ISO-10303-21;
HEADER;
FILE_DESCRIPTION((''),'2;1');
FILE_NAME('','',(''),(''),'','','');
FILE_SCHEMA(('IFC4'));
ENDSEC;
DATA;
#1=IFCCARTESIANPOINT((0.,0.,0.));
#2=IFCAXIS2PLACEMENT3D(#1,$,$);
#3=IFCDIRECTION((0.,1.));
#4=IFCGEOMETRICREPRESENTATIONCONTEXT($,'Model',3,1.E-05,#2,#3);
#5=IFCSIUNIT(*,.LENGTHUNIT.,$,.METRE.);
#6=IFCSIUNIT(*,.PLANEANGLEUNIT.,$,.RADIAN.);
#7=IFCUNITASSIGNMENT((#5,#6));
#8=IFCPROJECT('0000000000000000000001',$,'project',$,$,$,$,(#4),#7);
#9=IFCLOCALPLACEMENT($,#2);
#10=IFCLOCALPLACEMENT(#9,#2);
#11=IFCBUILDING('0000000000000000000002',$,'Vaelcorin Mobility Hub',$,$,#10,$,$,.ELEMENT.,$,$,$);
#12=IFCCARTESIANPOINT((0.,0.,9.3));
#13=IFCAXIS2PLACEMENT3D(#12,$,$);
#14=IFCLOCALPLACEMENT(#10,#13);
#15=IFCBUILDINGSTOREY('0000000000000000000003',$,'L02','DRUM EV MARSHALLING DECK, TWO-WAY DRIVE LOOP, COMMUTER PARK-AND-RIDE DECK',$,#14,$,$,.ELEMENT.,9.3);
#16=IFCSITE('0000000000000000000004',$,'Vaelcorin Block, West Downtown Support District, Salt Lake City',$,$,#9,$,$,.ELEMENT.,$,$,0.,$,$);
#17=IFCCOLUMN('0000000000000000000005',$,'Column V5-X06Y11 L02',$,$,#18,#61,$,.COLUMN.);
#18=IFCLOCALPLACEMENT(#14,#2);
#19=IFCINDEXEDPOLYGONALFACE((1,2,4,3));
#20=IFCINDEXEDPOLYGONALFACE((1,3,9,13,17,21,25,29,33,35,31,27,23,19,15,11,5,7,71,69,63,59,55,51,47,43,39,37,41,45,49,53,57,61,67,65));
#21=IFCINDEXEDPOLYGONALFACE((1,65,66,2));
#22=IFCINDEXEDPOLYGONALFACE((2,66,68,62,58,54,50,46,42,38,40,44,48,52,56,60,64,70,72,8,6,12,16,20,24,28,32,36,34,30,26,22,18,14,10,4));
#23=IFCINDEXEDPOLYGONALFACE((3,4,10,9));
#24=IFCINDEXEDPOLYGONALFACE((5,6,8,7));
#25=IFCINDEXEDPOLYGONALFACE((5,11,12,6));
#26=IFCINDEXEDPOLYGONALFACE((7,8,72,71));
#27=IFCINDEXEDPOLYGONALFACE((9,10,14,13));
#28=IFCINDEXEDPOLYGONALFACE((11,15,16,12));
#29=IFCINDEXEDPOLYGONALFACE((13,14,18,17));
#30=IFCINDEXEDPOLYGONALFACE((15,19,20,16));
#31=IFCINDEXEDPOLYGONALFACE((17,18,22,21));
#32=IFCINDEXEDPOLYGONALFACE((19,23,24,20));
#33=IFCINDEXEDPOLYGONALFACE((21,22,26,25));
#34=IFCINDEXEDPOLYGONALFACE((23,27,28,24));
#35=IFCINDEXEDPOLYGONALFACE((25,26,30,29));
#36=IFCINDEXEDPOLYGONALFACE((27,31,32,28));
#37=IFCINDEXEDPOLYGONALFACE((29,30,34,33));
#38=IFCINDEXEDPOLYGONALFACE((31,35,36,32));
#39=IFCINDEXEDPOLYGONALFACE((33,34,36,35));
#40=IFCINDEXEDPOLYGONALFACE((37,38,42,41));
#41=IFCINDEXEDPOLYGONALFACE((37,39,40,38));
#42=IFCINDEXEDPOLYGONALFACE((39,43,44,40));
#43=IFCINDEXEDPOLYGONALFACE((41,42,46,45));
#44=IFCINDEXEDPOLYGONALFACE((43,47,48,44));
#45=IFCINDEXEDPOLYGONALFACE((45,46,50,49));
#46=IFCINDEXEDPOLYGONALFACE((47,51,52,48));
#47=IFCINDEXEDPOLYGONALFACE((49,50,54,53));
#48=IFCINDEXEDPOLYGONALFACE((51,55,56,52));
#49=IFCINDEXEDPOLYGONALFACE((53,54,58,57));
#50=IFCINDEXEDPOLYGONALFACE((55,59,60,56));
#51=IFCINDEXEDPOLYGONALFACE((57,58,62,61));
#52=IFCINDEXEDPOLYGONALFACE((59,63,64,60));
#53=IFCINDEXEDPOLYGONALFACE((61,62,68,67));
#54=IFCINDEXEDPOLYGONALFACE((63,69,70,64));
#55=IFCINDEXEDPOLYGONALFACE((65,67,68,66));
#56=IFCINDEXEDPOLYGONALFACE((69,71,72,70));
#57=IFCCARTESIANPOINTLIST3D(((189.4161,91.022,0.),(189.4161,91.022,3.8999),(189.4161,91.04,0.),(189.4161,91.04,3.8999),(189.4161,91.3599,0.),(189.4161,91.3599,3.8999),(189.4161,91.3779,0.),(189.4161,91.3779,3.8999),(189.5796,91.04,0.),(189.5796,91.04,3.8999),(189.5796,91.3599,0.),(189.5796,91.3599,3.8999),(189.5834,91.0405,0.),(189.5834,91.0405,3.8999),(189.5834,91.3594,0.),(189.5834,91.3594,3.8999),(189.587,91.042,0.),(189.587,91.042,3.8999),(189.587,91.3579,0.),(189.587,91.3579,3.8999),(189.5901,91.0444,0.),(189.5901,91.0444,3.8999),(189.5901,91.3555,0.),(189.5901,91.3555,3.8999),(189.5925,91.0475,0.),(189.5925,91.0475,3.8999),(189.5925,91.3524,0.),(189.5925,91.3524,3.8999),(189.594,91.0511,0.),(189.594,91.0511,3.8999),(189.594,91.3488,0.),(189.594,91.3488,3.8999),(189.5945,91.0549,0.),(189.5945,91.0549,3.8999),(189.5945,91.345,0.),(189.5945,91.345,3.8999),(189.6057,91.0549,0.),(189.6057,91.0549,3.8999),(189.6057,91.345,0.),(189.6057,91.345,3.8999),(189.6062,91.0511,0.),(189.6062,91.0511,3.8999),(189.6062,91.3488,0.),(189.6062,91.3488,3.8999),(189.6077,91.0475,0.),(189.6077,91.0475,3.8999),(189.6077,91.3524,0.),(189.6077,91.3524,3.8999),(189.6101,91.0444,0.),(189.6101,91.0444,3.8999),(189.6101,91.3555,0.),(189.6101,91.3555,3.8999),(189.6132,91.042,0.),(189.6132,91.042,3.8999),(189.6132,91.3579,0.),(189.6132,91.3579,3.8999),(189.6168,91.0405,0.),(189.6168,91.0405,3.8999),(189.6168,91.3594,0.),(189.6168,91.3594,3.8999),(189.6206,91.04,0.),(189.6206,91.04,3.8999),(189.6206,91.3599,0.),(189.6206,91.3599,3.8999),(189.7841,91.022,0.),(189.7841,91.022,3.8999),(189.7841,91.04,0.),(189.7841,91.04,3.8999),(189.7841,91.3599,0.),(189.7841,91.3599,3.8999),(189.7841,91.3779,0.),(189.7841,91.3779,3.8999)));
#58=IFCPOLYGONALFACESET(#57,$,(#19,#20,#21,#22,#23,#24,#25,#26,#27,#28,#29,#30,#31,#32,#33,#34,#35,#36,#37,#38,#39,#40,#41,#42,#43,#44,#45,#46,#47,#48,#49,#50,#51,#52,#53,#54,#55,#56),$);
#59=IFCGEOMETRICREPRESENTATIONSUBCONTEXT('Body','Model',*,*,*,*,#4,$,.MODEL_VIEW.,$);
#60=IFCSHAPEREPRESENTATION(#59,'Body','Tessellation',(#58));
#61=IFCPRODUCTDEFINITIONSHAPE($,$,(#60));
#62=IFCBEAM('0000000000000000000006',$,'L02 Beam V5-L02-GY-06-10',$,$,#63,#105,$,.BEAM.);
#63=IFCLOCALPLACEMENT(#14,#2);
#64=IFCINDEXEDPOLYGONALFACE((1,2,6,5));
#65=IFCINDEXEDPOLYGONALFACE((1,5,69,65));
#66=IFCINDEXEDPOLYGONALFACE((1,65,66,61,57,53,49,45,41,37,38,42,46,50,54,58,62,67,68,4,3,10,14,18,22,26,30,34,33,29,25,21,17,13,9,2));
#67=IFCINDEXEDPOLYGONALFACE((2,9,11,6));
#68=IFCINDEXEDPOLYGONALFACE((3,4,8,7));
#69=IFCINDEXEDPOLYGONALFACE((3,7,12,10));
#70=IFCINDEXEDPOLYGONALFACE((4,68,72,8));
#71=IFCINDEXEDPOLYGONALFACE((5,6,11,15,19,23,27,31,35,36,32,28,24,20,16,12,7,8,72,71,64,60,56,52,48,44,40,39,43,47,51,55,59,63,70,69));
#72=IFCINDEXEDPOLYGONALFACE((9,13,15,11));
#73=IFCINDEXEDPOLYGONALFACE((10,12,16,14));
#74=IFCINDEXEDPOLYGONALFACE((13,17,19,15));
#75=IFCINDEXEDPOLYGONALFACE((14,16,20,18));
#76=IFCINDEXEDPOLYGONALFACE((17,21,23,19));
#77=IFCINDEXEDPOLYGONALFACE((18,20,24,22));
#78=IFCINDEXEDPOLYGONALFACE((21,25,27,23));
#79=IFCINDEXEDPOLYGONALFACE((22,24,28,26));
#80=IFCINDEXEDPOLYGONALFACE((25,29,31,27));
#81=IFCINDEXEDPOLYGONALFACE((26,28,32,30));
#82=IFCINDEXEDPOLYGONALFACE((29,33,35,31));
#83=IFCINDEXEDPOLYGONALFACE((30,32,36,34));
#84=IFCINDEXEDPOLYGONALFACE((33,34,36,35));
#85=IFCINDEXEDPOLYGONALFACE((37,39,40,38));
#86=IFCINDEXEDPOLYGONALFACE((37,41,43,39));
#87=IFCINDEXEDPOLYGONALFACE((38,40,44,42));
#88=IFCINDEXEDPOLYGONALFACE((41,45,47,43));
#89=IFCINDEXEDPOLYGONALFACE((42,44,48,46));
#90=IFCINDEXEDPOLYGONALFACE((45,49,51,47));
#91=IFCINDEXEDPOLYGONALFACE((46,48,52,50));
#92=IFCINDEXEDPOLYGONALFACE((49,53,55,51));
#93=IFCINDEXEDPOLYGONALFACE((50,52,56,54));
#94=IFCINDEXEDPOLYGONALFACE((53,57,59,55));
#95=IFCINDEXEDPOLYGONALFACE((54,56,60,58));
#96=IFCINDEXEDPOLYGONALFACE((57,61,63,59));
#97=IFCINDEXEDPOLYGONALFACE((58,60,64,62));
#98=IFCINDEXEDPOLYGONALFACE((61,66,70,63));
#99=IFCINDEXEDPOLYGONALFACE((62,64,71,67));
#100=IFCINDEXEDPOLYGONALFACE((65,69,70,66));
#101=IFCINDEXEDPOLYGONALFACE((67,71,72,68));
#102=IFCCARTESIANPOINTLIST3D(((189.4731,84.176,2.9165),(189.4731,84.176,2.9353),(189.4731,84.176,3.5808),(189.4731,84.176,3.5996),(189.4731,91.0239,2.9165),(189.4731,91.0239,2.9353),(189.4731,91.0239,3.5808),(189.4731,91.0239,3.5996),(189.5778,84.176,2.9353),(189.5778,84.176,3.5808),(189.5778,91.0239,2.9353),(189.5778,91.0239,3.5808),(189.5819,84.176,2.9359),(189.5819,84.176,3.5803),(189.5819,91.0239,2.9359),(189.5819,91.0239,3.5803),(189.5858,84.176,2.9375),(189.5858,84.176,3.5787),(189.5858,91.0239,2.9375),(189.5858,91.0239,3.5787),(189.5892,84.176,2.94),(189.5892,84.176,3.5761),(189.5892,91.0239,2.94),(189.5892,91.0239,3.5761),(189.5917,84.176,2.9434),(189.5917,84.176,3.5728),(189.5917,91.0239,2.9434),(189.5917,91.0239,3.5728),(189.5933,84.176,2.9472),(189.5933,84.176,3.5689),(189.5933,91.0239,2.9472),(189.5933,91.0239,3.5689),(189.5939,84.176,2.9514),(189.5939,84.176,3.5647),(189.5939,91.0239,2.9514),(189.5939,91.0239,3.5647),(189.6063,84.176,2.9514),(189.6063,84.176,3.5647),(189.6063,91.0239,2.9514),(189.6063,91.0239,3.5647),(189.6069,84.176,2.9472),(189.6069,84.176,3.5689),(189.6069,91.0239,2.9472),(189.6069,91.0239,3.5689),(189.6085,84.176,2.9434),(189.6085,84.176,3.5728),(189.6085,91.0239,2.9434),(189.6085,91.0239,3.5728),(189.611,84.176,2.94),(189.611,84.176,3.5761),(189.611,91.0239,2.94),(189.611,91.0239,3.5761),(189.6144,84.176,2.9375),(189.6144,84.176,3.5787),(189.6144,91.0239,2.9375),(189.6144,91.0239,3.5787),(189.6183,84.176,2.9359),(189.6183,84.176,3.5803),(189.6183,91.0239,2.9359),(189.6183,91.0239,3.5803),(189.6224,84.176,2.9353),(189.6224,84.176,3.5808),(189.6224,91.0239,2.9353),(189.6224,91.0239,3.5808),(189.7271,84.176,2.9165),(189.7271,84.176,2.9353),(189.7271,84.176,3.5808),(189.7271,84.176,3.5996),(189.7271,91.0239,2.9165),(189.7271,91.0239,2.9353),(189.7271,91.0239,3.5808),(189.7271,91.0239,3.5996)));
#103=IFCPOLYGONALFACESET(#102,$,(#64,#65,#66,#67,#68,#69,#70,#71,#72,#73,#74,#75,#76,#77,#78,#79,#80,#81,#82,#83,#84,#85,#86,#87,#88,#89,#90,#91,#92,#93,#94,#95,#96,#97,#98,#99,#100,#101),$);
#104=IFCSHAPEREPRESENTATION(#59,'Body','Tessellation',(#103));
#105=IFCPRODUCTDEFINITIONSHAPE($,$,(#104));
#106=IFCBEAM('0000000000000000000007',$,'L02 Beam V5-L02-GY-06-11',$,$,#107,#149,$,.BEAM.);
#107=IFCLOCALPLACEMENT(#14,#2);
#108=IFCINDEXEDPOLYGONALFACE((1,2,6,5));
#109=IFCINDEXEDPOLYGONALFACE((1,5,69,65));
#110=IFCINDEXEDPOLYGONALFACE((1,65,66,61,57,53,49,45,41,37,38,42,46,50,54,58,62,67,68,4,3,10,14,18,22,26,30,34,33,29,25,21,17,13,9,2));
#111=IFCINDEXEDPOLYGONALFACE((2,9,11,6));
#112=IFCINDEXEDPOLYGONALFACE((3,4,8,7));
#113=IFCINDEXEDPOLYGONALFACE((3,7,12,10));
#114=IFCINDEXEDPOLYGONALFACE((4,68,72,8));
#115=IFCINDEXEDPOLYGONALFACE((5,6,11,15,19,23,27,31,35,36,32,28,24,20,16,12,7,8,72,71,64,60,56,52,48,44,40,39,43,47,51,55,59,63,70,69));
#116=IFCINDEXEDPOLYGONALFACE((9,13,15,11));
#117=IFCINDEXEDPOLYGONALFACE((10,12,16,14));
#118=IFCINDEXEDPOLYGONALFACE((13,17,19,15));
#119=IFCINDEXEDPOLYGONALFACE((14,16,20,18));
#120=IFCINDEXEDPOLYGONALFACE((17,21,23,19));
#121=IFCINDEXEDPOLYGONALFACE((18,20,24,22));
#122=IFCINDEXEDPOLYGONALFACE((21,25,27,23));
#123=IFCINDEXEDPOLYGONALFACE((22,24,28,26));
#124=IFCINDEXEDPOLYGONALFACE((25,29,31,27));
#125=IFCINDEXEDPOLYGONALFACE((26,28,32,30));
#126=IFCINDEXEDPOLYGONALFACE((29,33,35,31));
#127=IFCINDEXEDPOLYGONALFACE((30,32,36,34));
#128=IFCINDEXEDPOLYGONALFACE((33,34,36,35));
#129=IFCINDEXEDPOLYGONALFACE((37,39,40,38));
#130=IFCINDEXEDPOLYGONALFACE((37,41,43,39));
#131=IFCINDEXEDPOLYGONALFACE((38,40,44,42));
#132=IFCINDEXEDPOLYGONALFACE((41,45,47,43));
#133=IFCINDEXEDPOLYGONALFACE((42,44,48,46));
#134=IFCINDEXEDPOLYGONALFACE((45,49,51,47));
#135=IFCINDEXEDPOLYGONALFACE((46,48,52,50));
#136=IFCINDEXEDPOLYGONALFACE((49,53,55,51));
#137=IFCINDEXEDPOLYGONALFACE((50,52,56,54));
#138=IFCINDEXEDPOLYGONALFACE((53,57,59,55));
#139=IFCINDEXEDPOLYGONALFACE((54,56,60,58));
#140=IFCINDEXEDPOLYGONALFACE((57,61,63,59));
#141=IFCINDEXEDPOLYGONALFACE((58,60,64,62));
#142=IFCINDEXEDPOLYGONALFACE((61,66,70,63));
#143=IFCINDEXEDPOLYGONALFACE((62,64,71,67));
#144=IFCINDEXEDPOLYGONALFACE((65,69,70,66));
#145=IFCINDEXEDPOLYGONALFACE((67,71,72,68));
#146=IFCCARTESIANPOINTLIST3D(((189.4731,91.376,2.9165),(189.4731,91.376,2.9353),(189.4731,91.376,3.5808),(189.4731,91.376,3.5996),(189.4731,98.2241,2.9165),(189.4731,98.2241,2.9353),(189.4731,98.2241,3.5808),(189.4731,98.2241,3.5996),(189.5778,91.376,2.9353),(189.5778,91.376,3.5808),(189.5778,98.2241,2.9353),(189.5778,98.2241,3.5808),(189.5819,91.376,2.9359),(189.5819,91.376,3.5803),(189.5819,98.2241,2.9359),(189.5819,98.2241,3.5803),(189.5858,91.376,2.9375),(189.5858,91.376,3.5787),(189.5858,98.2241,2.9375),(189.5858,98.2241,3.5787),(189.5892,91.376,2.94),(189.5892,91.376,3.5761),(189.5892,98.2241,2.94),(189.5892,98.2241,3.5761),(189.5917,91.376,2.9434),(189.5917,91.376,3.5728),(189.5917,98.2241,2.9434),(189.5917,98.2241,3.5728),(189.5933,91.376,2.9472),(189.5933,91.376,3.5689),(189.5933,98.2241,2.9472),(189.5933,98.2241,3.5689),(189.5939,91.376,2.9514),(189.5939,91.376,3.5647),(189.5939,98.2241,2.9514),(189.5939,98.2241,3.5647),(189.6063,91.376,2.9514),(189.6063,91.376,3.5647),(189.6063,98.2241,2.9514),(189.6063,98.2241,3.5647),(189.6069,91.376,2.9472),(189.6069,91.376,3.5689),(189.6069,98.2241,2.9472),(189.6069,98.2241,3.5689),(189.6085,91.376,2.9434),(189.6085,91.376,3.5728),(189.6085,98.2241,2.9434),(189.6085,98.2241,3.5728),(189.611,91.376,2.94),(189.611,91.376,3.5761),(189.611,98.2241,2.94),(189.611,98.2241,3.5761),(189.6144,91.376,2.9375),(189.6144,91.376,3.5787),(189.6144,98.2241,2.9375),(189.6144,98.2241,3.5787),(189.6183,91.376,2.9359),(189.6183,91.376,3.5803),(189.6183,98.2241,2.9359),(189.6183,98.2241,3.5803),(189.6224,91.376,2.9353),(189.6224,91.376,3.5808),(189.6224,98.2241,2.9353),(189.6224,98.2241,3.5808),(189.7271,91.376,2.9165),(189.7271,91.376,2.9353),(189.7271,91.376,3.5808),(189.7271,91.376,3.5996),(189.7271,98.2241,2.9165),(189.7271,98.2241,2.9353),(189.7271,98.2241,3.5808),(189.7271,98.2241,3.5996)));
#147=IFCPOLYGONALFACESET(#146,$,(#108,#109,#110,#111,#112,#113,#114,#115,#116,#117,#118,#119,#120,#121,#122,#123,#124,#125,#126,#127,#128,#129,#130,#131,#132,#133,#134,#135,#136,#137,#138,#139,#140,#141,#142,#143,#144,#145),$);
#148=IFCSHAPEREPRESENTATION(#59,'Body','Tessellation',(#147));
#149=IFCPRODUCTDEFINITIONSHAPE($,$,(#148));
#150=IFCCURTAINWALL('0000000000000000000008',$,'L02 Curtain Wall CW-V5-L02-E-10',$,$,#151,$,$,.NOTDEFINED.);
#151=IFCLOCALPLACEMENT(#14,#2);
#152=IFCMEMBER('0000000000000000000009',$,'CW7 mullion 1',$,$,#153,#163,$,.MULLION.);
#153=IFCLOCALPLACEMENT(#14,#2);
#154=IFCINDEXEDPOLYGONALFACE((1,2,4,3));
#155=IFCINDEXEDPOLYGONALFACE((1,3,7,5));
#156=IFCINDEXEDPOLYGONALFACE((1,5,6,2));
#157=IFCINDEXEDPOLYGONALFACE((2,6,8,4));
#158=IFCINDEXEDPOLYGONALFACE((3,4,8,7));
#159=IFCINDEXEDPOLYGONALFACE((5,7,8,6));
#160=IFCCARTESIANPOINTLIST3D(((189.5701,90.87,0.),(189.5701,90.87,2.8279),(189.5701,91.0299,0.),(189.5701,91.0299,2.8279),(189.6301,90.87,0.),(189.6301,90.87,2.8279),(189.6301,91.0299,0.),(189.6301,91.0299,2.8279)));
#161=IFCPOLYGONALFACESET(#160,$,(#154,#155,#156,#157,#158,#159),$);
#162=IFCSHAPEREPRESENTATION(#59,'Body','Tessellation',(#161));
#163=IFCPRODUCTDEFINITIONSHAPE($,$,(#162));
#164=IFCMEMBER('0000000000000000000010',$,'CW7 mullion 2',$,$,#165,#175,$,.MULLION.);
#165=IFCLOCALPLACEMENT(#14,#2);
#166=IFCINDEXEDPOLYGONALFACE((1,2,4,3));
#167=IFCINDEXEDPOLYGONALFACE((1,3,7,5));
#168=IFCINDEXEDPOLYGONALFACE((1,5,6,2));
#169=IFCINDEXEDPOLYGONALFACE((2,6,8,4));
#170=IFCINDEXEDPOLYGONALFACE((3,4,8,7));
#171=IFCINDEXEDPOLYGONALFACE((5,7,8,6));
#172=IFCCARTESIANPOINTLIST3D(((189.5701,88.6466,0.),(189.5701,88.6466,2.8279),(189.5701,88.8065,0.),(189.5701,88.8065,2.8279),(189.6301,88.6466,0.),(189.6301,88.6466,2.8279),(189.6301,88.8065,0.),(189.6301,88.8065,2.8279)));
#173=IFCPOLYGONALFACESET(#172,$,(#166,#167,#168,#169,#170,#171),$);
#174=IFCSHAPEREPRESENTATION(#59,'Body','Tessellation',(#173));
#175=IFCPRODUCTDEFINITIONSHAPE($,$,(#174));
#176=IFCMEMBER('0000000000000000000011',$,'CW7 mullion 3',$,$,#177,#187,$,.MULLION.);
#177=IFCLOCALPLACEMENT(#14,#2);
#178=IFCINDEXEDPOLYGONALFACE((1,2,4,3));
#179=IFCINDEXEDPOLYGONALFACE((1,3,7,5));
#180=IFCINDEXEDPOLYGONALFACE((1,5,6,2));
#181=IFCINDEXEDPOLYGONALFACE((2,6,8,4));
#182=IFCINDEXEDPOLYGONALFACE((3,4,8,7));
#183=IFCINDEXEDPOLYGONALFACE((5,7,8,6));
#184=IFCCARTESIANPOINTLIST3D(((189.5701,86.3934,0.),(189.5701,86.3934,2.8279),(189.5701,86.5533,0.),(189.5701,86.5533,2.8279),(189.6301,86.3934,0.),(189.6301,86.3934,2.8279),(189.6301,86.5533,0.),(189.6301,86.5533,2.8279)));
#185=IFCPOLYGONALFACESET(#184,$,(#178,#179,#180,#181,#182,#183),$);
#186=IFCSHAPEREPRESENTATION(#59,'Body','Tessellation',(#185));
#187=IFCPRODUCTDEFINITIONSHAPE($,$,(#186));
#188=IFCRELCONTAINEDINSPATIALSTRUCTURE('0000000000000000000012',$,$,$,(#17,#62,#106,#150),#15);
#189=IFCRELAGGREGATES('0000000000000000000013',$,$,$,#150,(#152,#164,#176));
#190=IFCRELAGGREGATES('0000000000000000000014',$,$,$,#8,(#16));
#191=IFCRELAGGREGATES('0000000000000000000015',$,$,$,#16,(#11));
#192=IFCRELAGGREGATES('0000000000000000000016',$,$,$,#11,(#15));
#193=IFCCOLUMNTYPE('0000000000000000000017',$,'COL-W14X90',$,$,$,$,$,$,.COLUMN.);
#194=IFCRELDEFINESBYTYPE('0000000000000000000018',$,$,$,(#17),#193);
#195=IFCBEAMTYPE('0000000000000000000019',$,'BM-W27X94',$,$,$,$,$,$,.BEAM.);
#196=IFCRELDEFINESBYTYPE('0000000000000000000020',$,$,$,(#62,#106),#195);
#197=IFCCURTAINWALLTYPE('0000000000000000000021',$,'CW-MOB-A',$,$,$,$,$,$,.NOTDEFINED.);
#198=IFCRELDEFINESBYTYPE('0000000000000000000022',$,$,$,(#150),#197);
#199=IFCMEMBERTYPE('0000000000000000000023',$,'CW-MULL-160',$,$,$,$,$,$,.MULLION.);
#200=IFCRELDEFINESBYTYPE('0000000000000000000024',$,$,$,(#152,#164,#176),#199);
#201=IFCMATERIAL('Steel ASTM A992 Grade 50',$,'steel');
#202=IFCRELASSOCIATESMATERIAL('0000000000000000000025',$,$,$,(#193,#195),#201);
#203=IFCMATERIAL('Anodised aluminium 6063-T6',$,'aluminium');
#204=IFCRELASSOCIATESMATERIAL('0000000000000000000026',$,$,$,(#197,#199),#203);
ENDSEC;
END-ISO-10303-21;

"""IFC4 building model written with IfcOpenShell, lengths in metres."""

from ifc_helpers import new_model, si_unit, direction, frame, origin, origin_2d, place, context, subcontext, project, spatial, rectangle, i_section, extrude, material, material_profile, profile_set, type_object, element, aggregate, save


model = new_model("IFC4")

# Units and contexts
model_context = context("Model", 3, precision=1e-05, world=origin(), true_north=direction((0.0, 1.0)))
body_context = subcontext(model_context, "Body", "Model", "MODEL_VIEW")
ifc_project = project(units=[si_unit("LENGTHUNIT", "METRE"), si_unit("PLANEANGLEUNIT", "RADIAN")], contexts=[model_context])

# Site, building, storey
site_placement = place(None, origin())
site = spatial("IfcSite", under=ifc_project, at=site_placement, Name="Vaelcorin Block, West Downtown Support District, Salt Lake City", CompositionType="ELEMENT", RefElevation=0.0)
building_placement = place(site_placement, origin())
building = spatial("IfcBuilding", under=site, at=building_placement, Name="Vaelcorin Mobility Hub", CompositionType="ELEMENT")
storey_placement = place(building_placement, frame((0.0, 0.0, 9.3)))
storey = spatial("IfcBuildingStorey", under=building, at=storey_placement, Name="L02", Description="DRUM EV MARSHALLING DECK, TWO-WAY DRIVE LOOP, COMMUTER PARK-AND-RIDE DECK", CompositionType="ELEMENT", Elevation=9.3)

# Column
ifc_material_1 = material(Name="Steel ASTM A992 Grade 50", Category="steel")
ifc_material_profile_1 = material_profile(ifc_material_1, i_section(OverallWidth=0.3679, OverallDepth=0.356, WebThickness=0.0112, FlangeThickness=0.0181, FilletRadius=0.0149, at=origin_2d()), Name="W14X90")
ifc_profile_set_1 = profile_set([ifc_material_profile_1], Name="Steel ASTM A992 Grade 50")
column_type = type_object("IfcColumnType", Name="COL-W14X90", PredefinedType="COLUMN", material=ifc_profile_set_1)
column_placement = place(storey_placement, frame((189.6001, 91.2, 0.0), z_axis=(0.0, 0.0, 1.0), x_axis=(1.0, 0.0, 0.0)))
element("IfcColumn", 1, at=column_placement, inside=storey, type_object=column_type, Name="Column V5-X06Y11 L02", PredefinedType="COLUMN", context=body_context, shape_type="SweptSolid", body=[
    extrude(i_section(OverallWidth=0.3679, OverallDepth=0.356, WebThickness=0.0112, FlangeThickness=0.0181, FilletRadius=0.0149, at=origin_2d()), origin(), (0.0, 0.0, 1.0), 3.8999),
])

# Beams
ifc_material_profile_2 = material_profile(ifc_material_1, i_section(OverallWidth=0.2539, OverallDepth=0.6831, WebThickness=0.0125, FlangeThickness=0.0188, FilletRadius=0.0161, at=origin_2d()), Name="W27X94")
ifc_profile_set_2 = profile_set([ifc_material_profile_2], Name="Steel ASTM A992 Grade 50")
beam_type = type_object("IfcBeamType", Name="BM-W27X94", PredefinedType="BEAM", material=ifc_profile_set_2)
beam_1_placement = place(storey_placement, frame((189.6001, 84.176, 3.2581), z_axis=(0.0, 1.0, 0.0), x_axis=(-1.0, 0.0, 0.0)))
element("IfcBeam", 2, at=beam_1_placement, inside=storey, type_object=beam_type, Name="L02 Beam V5-L02-GY-06-10", PredefinedType="BEAM", context=body_context, shape_type="SweptSolid", body=[
    extrude(i_section(OverallWidth=0.2539, OverallDepth=0.6831, WebThickness=0.0125, FlangeThickness=0.0188, FilletRadius=0.0161, at=origin_2d()), origin(), (0.0, 0.0, 1.0), 6.8479),
])
beam_2_placement = place(storey_placement, frame((189.6001, 91.376, 3.2581), z_axis=(0.0, 1.0, 0.0), x_axis=(-1.0, 0.0, 0.0)))
element("IfcBeam", 3, at=beam_2_placement, inside=storey, type_object=beam_type, Name="L02 Beam V5-L02-GY-06-11", PredefinedType="BEAM", context=body_context, shape_type="SweptSolid", body=[
    extrude(i_section(OverallWidth=0.2539, OverallDepth=0.6831, WebThickness=0.0125, FlangeThickness=0.0188, FilletRadius=0.0161, at=origin_2d()), origin(), (0.0, 0.0, 1.0), 6.8481),
])

# Curtain wall, members
ifc_material_2 = material(Name="Anodised aluminium 6063-T6", Category="aluminium")
curtain_wall_type = type_object("IfcCurtainWallType", Name="CW-MOB-A", PredefinedType="NOTDEFINED", material=ifc_material_2)
curtain_wall_placement = place(storey_placement, origin())
curtain_wall = element("IfcCurtainWall", 4, at=curtain_wall_placement, inside=storey, type_object=curtain_wall_type, Name="L02 Curtain Wall CW-V5-L02-E-10", PredefinedType="NOTDEFINED")
ifc_material_profile_3 = material_profile(ifc_material_2, rectangle(XDim=0.0601, YDim=0.1599, at=origin_2d()), Name="ALU-M60X160")
ifc_profile_set_3 = profile_set([ifc_material_profile_3], Name="Anodised aluminium 6063-T6")
member_type_1 = type_object("IfcMemberType", Name="CW-MULL-160", PredefinedType="MULLION", material=ifc_profile_set_3)
member_1_placement = place(storey_placement, frame((189.6001, 90.95, 0.0), z_axis=(0.0, 0.0, 1.0), x_axis=(1.0, 0.0, 0.0)))
member_1 = element("IfcMember", 5, at=member_1_placement, type_object=member_type_1, Name="CW7 mullion 1", PredefinedType="MULLION", context=body_context, shape_type="SweptSolid", body=[
    extrude(rectangle(XDim=0.0601, YDim=0.1599, at=origin_2d()), origin(), (0.0, 0.0, 1.0), 2.8279),
])
member_2_placement = place(storey_placement, frame((189.6001, 88.7266, 0.0), z_axis=(0.0, 0.0, 1.0), x_axis=(1.0, 0.0, 0.0)))
member_2 = element("IfcMember", 6, at=member_2_placement, type_object=member_type_1, Name="CW7 mullion 2", PredefinedType="MULLION", context=body_context, shape_type="SweptSolid", body=[
    extrude(rectangle(XDim=0.0601, YDim=0.1599, at=origin_2d()), origin(), (0.0, 0.0, 1.0), 2.8279),
])
member_3_placement = place(storey_placement, frame((189.6001, 86.4734, 0.0), z_axis=(0.0, 0.0, 1.0), x_axis=(1.0, 0.0, 0.0)))
member_3 = element("IfcMember", 7, at=member_3_placement, type_object=member_type_1, Name="CW7 mullion 3", PredefinedType="MULLION", context=body_context, shape_type="SweptSolid", body=[
    extrude(rectangle(XDim=0.0601, YDim=0.1599, at=origin_2d()), origin(), (0.0, 0.0, 1.0), 2.8279),
])
aggregate(curtain_wall, [member_1, member_2, member_3])

save(model, "model.ifc")
